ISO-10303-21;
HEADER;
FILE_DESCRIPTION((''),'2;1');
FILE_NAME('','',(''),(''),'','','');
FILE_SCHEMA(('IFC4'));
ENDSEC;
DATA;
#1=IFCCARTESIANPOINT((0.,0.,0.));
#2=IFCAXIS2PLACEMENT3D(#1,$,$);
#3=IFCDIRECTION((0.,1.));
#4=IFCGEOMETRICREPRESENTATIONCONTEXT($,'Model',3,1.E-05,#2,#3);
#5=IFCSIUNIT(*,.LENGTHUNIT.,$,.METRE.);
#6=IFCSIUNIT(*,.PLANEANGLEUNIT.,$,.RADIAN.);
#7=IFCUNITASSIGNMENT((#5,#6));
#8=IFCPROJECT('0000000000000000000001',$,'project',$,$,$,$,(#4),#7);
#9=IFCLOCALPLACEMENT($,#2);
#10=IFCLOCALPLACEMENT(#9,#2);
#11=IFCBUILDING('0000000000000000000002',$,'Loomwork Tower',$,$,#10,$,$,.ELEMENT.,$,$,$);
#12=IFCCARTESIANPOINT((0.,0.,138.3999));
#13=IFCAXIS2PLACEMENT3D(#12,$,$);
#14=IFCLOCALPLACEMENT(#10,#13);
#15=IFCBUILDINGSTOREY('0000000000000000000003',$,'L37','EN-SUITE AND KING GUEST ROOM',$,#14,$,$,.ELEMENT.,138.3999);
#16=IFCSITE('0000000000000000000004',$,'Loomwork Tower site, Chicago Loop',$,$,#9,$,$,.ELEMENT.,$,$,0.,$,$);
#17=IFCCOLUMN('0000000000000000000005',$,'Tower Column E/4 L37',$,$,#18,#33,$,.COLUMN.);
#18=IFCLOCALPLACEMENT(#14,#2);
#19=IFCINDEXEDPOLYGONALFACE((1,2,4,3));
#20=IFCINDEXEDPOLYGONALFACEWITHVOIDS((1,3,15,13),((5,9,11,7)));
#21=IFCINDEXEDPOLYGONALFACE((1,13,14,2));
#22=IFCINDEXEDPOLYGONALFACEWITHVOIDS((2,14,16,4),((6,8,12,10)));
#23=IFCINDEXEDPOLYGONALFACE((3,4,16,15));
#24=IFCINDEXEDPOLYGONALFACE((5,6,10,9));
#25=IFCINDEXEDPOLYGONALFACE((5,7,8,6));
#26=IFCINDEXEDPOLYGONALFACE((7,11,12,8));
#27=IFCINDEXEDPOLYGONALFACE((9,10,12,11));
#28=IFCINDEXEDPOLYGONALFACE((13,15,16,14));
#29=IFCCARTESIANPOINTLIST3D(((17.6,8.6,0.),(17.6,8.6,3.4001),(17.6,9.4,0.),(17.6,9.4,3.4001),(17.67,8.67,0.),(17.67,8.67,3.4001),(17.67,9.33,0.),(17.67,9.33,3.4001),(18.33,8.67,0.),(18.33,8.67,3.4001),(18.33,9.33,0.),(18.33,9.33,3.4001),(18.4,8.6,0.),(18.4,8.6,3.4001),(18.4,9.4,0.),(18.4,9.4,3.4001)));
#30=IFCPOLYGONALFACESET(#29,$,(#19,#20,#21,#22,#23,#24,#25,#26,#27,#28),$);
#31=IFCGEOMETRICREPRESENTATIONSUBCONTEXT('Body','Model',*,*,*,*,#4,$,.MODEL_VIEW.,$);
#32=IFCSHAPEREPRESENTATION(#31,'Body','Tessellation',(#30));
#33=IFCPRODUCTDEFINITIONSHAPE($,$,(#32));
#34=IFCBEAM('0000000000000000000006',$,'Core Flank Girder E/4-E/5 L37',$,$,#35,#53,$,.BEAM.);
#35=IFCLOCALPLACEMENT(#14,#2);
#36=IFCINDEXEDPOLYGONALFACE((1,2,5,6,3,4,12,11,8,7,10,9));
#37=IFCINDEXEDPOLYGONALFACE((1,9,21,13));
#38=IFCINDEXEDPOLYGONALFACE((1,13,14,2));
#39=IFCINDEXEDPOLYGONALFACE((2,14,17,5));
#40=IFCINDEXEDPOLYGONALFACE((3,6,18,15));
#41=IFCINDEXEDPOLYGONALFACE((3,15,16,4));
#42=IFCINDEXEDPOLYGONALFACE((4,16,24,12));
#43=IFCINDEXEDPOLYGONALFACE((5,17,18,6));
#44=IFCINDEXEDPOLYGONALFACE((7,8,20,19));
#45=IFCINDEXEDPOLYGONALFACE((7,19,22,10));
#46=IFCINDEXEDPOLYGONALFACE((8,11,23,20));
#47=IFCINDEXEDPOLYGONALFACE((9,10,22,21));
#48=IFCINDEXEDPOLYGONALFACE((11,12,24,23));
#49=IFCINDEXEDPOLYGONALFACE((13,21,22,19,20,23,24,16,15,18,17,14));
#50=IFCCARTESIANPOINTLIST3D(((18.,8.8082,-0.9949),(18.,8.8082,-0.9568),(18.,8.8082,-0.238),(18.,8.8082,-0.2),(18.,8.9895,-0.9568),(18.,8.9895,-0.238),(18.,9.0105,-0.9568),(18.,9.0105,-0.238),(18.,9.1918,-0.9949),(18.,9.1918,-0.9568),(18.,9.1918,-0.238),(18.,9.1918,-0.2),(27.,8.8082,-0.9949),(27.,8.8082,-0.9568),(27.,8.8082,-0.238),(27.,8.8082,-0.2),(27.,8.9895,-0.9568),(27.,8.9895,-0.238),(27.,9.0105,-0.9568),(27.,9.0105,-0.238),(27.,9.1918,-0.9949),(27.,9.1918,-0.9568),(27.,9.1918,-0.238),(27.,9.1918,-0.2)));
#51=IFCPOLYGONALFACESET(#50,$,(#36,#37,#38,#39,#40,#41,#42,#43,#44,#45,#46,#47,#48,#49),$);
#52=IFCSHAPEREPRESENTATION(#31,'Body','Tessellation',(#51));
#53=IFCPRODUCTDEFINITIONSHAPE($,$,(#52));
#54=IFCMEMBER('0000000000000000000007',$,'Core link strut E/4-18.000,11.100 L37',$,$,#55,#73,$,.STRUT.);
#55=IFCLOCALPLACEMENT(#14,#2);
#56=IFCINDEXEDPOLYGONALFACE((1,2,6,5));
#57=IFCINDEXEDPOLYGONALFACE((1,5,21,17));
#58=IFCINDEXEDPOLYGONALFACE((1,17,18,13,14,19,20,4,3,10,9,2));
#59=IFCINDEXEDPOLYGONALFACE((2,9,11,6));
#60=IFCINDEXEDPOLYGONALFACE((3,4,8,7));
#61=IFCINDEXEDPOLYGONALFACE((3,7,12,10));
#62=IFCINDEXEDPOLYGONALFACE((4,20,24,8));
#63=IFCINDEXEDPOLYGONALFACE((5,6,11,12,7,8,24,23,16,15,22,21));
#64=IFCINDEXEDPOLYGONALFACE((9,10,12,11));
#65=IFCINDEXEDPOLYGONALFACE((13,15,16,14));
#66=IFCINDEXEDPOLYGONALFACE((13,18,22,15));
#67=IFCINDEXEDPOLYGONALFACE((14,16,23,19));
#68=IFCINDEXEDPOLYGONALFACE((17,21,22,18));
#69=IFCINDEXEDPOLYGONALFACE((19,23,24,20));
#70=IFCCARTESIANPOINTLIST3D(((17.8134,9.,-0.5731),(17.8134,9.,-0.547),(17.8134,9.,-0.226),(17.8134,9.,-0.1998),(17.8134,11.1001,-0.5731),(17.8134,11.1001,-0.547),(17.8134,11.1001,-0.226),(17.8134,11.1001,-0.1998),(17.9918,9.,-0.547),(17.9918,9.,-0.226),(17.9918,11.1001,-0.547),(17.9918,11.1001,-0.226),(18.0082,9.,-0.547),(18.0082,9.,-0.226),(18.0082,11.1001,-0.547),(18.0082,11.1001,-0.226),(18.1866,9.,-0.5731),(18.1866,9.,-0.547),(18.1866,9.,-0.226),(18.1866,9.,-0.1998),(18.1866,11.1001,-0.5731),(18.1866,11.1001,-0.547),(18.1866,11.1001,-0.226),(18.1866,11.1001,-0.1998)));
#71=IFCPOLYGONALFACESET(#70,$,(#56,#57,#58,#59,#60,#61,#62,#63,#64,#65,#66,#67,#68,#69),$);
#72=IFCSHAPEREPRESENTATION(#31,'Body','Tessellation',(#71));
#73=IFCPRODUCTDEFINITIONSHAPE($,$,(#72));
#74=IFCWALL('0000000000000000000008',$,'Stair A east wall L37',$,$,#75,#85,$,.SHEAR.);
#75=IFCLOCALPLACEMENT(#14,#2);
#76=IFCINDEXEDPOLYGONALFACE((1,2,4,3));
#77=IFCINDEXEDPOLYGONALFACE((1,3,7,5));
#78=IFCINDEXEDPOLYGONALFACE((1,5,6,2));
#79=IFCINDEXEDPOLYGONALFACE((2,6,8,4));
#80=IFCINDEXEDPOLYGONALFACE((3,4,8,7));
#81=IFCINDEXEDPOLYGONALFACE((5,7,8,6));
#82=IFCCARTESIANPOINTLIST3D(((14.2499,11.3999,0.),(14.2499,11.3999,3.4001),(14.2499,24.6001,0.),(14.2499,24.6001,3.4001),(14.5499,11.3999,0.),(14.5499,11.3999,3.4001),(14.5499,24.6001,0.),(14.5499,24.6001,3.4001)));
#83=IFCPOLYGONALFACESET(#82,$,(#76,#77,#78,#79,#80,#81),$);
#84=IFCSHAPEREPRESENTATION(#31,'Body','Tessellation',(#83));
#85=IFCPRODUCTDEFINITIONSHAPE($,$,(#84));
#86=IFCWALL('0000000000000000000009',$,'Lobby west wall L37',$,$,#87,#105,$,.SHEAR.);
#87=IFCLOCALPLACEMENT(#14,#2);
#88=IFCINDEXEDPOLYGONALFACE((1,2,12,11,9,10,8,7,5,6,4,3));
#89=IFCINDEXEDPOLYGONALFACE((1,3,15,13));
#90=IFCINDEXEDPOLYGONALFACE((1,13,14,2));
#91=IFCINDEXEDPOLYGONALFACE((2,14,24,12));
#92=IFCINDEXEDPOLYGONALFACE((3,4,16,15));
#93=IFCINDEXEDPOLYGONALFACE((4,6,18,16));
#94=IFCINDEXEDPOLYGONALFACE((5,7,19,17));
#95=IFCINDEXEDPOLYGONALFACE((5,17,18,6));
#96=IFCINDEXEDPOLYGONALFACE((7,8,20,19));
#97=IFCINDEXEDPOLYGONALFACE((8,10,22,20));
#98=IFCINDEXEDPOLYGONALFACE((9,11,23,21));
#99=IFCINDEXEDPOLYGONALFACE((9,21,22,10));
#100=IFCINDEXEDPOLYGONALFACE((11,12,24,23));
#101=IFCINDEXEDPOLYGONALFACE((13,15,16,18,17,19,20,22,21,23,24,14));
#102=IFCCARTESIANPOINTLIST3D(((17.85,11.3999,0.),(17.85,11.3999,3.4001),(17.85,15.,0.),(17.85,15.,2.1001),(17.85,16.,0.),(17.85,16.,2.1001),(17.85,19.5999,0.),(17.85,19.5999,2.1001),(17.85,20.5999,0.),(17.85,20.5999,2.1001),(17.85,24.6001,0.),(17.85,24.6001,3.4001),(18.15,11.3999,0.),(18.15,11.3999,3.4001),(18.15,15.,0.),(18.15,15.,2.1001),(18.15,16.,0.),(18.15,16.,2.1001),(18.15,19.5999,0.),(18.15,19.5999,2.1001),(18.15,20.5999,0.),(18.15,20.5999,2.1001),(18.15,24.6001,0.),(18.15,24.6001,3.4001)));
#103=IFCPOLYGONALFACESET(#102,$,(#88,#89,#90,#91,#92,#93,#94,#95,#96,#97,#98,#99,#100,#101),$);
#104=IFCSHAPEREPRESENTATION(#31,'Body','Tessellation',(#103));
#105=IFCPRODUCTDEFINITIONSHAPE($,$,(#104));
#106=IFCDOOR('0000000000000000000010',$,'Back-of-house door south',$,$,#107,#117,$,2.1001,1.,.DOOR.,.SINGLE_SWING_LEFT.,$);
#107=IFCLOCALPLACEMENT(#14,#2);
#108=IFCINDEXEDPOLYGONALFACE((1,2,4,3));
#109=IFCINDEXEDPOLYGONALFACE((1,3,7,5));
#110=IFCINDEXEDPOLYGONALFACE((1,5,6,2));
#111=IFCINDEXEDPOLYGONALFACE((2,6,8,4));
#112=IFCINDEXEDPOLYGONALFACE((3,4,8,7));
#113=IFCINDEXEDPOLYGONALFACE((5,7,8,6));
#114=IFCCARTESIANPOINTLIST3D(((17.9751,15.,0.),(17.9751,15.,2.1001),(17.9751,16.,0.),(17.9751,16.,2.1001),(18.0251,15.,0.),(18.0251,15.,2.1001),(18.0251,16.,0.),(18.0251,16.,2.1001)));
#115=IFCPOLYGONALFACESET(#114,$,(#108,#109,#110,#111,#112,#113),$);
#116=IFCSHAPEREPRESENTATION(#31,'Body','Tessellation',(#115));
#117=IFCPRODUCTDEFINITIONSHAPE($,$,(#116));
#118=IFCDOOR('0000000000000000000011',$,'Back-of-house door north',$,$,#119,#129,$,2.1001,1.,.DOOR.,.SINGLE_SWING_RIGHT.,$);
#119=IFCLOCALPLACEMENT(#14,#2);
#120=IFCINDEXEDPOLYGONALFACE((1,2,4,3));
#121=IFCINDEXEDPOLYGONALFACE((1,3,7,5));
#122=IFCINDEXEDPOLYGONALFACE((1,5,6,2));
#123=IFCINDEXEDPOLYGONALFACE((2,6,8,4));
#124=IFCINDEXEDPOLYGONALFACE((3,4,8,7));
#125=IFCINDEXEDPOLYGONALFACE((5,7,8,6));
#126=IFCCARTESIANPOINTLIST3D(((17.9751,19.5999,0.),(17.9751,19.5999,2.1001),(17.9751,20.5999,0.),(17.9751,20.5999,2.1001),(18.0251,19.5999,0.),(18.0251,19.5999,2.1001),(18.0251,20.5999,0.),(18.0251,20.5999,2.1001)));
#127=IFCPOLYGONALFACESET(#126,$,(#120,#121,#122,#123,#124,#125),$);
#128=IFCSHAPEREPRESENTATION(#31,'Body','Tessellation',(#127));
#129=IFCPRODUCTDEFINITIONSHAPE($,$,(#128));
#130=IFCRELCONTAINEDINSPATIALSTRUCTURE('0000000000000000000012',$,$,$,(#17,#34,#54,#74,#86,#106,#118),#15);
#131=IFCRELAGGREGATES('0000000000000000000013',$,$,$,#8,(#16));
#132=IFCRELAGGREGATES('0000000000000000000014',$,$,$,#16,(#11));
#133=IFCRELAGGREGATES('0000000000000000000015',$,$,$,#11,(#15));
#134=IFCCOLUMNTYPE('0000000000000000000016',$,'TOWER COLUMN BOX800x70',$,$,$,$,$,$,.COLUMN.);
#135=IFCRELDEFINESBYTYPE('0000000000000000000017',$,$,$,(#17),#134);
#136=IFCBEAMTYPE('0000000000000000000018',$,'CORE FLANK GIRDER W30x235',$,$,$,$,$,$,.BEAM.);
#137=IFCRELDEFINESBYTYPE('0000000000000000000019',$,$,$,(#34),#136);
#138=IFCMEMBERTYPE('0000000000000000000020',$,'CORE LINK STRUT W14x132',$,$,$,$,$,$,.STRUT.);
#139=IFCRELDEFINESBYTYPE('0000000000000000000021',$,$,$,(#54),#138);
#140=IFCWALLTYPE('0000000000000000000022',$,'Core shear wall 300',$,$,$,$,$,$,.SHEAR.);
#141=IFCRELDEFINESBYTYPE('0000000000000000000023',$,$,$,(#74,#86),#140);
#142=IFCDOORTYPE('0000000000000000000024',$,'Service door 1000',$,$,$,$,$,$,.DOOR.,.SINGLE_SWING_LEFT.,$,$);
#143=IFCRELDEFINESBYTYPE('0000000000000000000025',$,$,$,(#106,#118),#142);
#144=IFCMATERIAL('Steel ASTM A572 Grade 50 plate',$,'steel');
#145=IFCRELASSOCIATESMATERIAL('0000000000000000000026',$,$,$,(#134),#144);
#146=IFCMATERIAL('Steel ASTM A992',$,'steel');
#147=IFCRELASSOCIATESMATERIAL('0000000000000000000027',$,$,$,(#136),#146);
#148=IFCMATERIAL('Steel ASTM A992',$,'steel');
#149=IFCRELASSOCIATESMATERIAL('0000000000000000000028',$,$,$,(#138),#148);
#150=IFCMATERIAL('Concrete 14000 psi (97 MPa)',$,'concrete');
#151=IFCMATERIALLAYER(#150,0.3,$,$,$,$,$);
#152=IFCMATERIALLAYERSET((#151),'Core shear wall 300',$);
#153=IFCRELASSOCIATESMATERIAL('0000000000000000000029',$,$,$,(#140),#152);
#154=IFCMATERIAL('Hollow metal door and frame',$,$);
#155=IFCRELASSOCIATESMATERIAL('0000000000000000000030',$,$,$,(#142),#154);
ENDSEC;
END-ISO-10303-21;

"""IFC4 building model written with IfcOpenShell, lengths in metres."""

from ifc_helpers import new_model, si_unit, direction, frame, frame_2d, origin, origin_2d, place, context, subcontext, project, spatial, rectangle, hollow_rectangle, i_section, extrude, material, layer, layer_set, material_profile, profile_set, type_object, element, fill, save


model = new_model("IFC4")

# Units and contexts
model_context = context("Model", 3, precision=1e-05, world=origin(), true_north=direction((0.0, 1.0)))
body_context = subcontext(model_context, "Body", "Model", "MODEL_VIEW")
ifc_project = project(units=[si_unit("LENGTHUNIT", "METRE"), si_unit("PLANEANGLEUNIT", "RADIAN")], contexts=[model_context])

# Site, building, storey
site_placement = place(None, origin())
site = spatial("IfcSite", under=ifc_project, at=site_placement, Name="Loomwork Tower site, Chicago Loop", CompositionType="ELEMENT", RefElevation=0.0)
building_placement = place(site_placement, origin())
building = spatial("IfcBuilding", under=site, at=building_placement, Name="Loomwork Tower", CompositionType="ELEMENT")
storey_placement = place(building_placement, frame((0.0, 0.0, 138.3999)))
storey = spatial("IfcBuildingStorey", under=building, at=storey_placement, Name="L37", Description="EN-SUITE AND KING GUEST ROOM", CompositionType="ELEMENT", Elevation=138.3999)

# Column
ifc_material_1 = material(Name="Steel ASTM A572 Grade 50 plate", Category="steel")
ifc_material_profile_1 = material_profile(ifc_material_1, hollow_rectangle(XDim=0.8, YDim=0.8, WallThickness=0.0701, at=origin_2d()), Name="BOX800x70")
ifc_profile_set_1 = profile_set([ifc_material_profile_1], Name="Steel ASTM A572 Grade 50 plate")
column_type = type_object("IfcColumnType", Name="TOWER COLUMN BOX800x70", PredefinedType="COLUMN", material=ifc_profile_set_1)
column_placement = place(storey_placement, frame((18.0, 9.0, 0.0), z_axis=(0.0, 0.0, 1.0), x_axis=(1.0, 0.0, 0.0)))
element("IfcColumn", 1, at=column_placement, inside=storey, type_object=column_type, Name="Tower Column E/4 L37", PredefinedType="COLUMN", context=body_context, shape_type="SweptSolid", body=[
    extrude(hollow_rectangle(XDim=0.8, YDim=0.8, WallThickness=0.0701, at=origin_2d()), origin(), (0.0, 0.0, 1.0), 3.4001),
])

# Beam
ifc_material_2 = material(Name="Steel ASTM A992", Category="steel")
ifc_material_profile_2 = material_profile(ifc_material_2, i_section(OverallWidth=0.3835, OverallDepth=0.7949, WebThickness=0.021, FlangeThickness=0.0381, at=origin_2d()), Name="W30x235")
ifc_profile_set_2 = profile_set([ifc_material_profile_2], Name="Steel ASTM A992")
beam_type = type_object("IfcBeamType", Name="CORE FLANK GIRDER W30x235", PredefinedType="BEAM", material=ifc_profile_set_2)
beam_placement = place(storey_placement, frame((18.0, 9.0, -0.5974), z_axis=(1.0, 0.0, 0.0), x_axis=(0.0, 1.0, 0.0)))
element("IfcBeam", 2, at=beam_placement, inside=storey, type_object=beam_type, Name="Core Flank Girder E/4-E/5 L37", PredefinedType="BEAM", context=body_context, shape_type="SweptSolid", body=[
    extrude(i_section(OverallWidth=0.3835, OverallDepth=0.7949, WebThickness=0.021, FlangeThickness=0.0381, at=origin_2d()), origin(), (0.0, 0.0, 1.0), 9.0),
])

# Member
ifc_material_3 = material(Name="Steel ASTM A992", Category="steel")
ifc_material_profile_3 = material_profile(ifc_material_3, i_section(OverallWidth=0.3733, OverallDepth=0.3733, WebThickness=0.0164, FlangeThickness=0.0261, at=origin_2d()), Name="W14x132")
ifc_profile_set_3 = profile_set([ifc_material_profile_3], Name="Steel ASTM A992")
member_type = type_object("IfcMemberType", Name="CORE LINK STRUT W14x132", PredefinedType="STRUT", material=ifc_profile_set_3)
member_placement = place(storey_placement, frame((18.0, 9.0, -0.3865), z_axis=(0.0, 1.0, 0.0), x_axis=(-1.0, 0.0, 0.0)))
element("IfcMember", 3, at=member_placement, inside=storey, type_object=member_type, Name="Core link strut E/4-18.000,11.100 L37", PredefinedType="STRUT", context=body_context, shape_type="SweptSolid", body=[
    extrude(i_section(OverallWidth=0.3733, OverallDepth=0.3733, WebThickness=0.0164, FlangeThickness=0.0261, at=origin_2d()), origin(), (0.0, 0.0, 1.0), 2.1001),
])

# Wall
ifc_material_4 = material(Name="Concrete 14000 psi (97 MPa)", Category="concrete")
ifc_layer_1 = layer(ifc_material_4, 0.3)
ifc_layer_set_1 = layer_set([ifc_layer_1], Name="Core shear wall 300")
wall_type_1 = type_object("IfcWallType", Name="Core shear wall 300", PredefinedType="SHEAR", material=ifc_layer_set_1)
wall_1_placement = place(storey_placement, frame((14.3999, 11.3999, 0.0), z_axis=(0.0, 0.0, 1.0), x_axis=(0.0, 1.0, 0.0)))
element("IfcWall", 4, at=wall_1_placement, inside=storey, type_object=wall_type_1, Name="Stair A east wall L37", PredefinedType="SHEAR", context=body_context, shape_type="SweptSolid", body=[
    extrude(rectangle(XDim=13.2002, YDim=0.3, at=frame_2d((6.6001, 0.0))), origin(), (0.0, 0.0, 1.0), 3.4001),
])

# Wall, openings, doors
wall_2_placement = place(storey_placement, frame((18.0, 11.3999, 0.0), z_axis=(0.0, 0.0, 1.0), x_axis=(0.0, 1.0, 0.0)))
wall_2 = element("IfcWall", 5, at=wall_2_placement, inside=storey, type_object=wall_type_1, Name="Lobby west wall L37", PredefinedType="SHEAR", context=body_context, shape_type="SweptSolid", body=[
    extrude(rectangle(XDim=13.2002, YDim=0.3, at=frame_2d((6.6001, 0.0))), origin(), (0.0, 0.0, 1.0), 3.4001),
])
opening_1_placement = place(wall_2_placement, frame((3.6001, 0.0, 0.0)))
opening_1 = element("IfcOpeningElement", 6, at=opening_1_placement, cuts=wall_2, PredefinedType="OPENING", context=body_context, shape_type="SweptSolid", body=[
    extrude(rectangle(XDim=1.0, YDim=2.1001, at=frame_2d((0.5, 1.05))), frame((0.0, 0.1599, 0.0), z_axis=(0.0, -1.0, 0.0), x_axis=(1.0, 0.0, 0.0)), (0.0, 0.0, 1.0), 0.3201),
])
opening_2_placement = place(wall_2_placement, frame((8.2, 0.0, 0.0)))
opening_2 = element("IfcOpeningElement", 7, at=opening_2_placement, cuts=wall_2, PredefinedType="OPENING", context=body_context, shape_type="SweptSolid", body=[
    extrude(rectangle(XDim=1.0, YDim=2.1001, at=frame_2d((0.5, 1.05))), frame((0.0, 0.1599, 0.0), z_axis=(0.0, -1.0, 0.0), x_axis=(1.0, 0.0, 0.0)), (0.0, 0.0, 1.0), 0.3201),
])
ifc_material_5 = material(Name="Hollow metal door and frame")
door_type_1 = type_object("IfcDoorType", Name="Service door 1000", OperationType="SINGLE_SWING_LEFT", PredefinedType="DOOR", material=ifc_material_5)
door_1_placement = place(opening_1_placement, origin())
door_1 = element("IfcDoor", 8, at=door_1_placement, inside=storey, type_object=door_type_1, Name="Back-of-house door south", OperationType="SINGLE_SWING_LEFT", OverallHeight=2.1001, OverallWidth=1.0, PredefinedType="DOOR", context=body_context, shape_type="SweptSolid", body=[
    extrude(rectangle(XDim=1.0, YDim=2.1001, at=frame_2d((0.5, 1.05))), frame((0.0, 0.0249, 0.0), z_axis=(0.0, -1.0, 0.0), x_axis=(1.0, 0.0, 0.0)), (0.0, 0.0, 1.0), 0.05),
])
fill(opening_1, door_1)
door_2_placement = place(opening_2_placement, origin())
door_2 = element("IfcDoor", 9, at=door_2_placement, inside=storey, type_object=door_type_1, Name="Back-of-house door north", OperationType="SINGLE_SWING_RIGHT", OverallHeight=2.1001, OverallWidth=1.0, PredefinedType="DOOR", context=body_context, shape_type="SweptSolid", body=[
    extrude(rectangle(XDim=1.0, YDim=2.1001, at=frame_2d((0.5, 1.05))), frame((0.0, 0.0249, 0.0), z_axis=(0.0, -1.0, 0.0), x_axis=(1.0, 0.0, 0.0)), (0.0, 0.0, 1.0), 0.05),
])
fill(opening_2, door_2)

save(model, "model.ifc")
